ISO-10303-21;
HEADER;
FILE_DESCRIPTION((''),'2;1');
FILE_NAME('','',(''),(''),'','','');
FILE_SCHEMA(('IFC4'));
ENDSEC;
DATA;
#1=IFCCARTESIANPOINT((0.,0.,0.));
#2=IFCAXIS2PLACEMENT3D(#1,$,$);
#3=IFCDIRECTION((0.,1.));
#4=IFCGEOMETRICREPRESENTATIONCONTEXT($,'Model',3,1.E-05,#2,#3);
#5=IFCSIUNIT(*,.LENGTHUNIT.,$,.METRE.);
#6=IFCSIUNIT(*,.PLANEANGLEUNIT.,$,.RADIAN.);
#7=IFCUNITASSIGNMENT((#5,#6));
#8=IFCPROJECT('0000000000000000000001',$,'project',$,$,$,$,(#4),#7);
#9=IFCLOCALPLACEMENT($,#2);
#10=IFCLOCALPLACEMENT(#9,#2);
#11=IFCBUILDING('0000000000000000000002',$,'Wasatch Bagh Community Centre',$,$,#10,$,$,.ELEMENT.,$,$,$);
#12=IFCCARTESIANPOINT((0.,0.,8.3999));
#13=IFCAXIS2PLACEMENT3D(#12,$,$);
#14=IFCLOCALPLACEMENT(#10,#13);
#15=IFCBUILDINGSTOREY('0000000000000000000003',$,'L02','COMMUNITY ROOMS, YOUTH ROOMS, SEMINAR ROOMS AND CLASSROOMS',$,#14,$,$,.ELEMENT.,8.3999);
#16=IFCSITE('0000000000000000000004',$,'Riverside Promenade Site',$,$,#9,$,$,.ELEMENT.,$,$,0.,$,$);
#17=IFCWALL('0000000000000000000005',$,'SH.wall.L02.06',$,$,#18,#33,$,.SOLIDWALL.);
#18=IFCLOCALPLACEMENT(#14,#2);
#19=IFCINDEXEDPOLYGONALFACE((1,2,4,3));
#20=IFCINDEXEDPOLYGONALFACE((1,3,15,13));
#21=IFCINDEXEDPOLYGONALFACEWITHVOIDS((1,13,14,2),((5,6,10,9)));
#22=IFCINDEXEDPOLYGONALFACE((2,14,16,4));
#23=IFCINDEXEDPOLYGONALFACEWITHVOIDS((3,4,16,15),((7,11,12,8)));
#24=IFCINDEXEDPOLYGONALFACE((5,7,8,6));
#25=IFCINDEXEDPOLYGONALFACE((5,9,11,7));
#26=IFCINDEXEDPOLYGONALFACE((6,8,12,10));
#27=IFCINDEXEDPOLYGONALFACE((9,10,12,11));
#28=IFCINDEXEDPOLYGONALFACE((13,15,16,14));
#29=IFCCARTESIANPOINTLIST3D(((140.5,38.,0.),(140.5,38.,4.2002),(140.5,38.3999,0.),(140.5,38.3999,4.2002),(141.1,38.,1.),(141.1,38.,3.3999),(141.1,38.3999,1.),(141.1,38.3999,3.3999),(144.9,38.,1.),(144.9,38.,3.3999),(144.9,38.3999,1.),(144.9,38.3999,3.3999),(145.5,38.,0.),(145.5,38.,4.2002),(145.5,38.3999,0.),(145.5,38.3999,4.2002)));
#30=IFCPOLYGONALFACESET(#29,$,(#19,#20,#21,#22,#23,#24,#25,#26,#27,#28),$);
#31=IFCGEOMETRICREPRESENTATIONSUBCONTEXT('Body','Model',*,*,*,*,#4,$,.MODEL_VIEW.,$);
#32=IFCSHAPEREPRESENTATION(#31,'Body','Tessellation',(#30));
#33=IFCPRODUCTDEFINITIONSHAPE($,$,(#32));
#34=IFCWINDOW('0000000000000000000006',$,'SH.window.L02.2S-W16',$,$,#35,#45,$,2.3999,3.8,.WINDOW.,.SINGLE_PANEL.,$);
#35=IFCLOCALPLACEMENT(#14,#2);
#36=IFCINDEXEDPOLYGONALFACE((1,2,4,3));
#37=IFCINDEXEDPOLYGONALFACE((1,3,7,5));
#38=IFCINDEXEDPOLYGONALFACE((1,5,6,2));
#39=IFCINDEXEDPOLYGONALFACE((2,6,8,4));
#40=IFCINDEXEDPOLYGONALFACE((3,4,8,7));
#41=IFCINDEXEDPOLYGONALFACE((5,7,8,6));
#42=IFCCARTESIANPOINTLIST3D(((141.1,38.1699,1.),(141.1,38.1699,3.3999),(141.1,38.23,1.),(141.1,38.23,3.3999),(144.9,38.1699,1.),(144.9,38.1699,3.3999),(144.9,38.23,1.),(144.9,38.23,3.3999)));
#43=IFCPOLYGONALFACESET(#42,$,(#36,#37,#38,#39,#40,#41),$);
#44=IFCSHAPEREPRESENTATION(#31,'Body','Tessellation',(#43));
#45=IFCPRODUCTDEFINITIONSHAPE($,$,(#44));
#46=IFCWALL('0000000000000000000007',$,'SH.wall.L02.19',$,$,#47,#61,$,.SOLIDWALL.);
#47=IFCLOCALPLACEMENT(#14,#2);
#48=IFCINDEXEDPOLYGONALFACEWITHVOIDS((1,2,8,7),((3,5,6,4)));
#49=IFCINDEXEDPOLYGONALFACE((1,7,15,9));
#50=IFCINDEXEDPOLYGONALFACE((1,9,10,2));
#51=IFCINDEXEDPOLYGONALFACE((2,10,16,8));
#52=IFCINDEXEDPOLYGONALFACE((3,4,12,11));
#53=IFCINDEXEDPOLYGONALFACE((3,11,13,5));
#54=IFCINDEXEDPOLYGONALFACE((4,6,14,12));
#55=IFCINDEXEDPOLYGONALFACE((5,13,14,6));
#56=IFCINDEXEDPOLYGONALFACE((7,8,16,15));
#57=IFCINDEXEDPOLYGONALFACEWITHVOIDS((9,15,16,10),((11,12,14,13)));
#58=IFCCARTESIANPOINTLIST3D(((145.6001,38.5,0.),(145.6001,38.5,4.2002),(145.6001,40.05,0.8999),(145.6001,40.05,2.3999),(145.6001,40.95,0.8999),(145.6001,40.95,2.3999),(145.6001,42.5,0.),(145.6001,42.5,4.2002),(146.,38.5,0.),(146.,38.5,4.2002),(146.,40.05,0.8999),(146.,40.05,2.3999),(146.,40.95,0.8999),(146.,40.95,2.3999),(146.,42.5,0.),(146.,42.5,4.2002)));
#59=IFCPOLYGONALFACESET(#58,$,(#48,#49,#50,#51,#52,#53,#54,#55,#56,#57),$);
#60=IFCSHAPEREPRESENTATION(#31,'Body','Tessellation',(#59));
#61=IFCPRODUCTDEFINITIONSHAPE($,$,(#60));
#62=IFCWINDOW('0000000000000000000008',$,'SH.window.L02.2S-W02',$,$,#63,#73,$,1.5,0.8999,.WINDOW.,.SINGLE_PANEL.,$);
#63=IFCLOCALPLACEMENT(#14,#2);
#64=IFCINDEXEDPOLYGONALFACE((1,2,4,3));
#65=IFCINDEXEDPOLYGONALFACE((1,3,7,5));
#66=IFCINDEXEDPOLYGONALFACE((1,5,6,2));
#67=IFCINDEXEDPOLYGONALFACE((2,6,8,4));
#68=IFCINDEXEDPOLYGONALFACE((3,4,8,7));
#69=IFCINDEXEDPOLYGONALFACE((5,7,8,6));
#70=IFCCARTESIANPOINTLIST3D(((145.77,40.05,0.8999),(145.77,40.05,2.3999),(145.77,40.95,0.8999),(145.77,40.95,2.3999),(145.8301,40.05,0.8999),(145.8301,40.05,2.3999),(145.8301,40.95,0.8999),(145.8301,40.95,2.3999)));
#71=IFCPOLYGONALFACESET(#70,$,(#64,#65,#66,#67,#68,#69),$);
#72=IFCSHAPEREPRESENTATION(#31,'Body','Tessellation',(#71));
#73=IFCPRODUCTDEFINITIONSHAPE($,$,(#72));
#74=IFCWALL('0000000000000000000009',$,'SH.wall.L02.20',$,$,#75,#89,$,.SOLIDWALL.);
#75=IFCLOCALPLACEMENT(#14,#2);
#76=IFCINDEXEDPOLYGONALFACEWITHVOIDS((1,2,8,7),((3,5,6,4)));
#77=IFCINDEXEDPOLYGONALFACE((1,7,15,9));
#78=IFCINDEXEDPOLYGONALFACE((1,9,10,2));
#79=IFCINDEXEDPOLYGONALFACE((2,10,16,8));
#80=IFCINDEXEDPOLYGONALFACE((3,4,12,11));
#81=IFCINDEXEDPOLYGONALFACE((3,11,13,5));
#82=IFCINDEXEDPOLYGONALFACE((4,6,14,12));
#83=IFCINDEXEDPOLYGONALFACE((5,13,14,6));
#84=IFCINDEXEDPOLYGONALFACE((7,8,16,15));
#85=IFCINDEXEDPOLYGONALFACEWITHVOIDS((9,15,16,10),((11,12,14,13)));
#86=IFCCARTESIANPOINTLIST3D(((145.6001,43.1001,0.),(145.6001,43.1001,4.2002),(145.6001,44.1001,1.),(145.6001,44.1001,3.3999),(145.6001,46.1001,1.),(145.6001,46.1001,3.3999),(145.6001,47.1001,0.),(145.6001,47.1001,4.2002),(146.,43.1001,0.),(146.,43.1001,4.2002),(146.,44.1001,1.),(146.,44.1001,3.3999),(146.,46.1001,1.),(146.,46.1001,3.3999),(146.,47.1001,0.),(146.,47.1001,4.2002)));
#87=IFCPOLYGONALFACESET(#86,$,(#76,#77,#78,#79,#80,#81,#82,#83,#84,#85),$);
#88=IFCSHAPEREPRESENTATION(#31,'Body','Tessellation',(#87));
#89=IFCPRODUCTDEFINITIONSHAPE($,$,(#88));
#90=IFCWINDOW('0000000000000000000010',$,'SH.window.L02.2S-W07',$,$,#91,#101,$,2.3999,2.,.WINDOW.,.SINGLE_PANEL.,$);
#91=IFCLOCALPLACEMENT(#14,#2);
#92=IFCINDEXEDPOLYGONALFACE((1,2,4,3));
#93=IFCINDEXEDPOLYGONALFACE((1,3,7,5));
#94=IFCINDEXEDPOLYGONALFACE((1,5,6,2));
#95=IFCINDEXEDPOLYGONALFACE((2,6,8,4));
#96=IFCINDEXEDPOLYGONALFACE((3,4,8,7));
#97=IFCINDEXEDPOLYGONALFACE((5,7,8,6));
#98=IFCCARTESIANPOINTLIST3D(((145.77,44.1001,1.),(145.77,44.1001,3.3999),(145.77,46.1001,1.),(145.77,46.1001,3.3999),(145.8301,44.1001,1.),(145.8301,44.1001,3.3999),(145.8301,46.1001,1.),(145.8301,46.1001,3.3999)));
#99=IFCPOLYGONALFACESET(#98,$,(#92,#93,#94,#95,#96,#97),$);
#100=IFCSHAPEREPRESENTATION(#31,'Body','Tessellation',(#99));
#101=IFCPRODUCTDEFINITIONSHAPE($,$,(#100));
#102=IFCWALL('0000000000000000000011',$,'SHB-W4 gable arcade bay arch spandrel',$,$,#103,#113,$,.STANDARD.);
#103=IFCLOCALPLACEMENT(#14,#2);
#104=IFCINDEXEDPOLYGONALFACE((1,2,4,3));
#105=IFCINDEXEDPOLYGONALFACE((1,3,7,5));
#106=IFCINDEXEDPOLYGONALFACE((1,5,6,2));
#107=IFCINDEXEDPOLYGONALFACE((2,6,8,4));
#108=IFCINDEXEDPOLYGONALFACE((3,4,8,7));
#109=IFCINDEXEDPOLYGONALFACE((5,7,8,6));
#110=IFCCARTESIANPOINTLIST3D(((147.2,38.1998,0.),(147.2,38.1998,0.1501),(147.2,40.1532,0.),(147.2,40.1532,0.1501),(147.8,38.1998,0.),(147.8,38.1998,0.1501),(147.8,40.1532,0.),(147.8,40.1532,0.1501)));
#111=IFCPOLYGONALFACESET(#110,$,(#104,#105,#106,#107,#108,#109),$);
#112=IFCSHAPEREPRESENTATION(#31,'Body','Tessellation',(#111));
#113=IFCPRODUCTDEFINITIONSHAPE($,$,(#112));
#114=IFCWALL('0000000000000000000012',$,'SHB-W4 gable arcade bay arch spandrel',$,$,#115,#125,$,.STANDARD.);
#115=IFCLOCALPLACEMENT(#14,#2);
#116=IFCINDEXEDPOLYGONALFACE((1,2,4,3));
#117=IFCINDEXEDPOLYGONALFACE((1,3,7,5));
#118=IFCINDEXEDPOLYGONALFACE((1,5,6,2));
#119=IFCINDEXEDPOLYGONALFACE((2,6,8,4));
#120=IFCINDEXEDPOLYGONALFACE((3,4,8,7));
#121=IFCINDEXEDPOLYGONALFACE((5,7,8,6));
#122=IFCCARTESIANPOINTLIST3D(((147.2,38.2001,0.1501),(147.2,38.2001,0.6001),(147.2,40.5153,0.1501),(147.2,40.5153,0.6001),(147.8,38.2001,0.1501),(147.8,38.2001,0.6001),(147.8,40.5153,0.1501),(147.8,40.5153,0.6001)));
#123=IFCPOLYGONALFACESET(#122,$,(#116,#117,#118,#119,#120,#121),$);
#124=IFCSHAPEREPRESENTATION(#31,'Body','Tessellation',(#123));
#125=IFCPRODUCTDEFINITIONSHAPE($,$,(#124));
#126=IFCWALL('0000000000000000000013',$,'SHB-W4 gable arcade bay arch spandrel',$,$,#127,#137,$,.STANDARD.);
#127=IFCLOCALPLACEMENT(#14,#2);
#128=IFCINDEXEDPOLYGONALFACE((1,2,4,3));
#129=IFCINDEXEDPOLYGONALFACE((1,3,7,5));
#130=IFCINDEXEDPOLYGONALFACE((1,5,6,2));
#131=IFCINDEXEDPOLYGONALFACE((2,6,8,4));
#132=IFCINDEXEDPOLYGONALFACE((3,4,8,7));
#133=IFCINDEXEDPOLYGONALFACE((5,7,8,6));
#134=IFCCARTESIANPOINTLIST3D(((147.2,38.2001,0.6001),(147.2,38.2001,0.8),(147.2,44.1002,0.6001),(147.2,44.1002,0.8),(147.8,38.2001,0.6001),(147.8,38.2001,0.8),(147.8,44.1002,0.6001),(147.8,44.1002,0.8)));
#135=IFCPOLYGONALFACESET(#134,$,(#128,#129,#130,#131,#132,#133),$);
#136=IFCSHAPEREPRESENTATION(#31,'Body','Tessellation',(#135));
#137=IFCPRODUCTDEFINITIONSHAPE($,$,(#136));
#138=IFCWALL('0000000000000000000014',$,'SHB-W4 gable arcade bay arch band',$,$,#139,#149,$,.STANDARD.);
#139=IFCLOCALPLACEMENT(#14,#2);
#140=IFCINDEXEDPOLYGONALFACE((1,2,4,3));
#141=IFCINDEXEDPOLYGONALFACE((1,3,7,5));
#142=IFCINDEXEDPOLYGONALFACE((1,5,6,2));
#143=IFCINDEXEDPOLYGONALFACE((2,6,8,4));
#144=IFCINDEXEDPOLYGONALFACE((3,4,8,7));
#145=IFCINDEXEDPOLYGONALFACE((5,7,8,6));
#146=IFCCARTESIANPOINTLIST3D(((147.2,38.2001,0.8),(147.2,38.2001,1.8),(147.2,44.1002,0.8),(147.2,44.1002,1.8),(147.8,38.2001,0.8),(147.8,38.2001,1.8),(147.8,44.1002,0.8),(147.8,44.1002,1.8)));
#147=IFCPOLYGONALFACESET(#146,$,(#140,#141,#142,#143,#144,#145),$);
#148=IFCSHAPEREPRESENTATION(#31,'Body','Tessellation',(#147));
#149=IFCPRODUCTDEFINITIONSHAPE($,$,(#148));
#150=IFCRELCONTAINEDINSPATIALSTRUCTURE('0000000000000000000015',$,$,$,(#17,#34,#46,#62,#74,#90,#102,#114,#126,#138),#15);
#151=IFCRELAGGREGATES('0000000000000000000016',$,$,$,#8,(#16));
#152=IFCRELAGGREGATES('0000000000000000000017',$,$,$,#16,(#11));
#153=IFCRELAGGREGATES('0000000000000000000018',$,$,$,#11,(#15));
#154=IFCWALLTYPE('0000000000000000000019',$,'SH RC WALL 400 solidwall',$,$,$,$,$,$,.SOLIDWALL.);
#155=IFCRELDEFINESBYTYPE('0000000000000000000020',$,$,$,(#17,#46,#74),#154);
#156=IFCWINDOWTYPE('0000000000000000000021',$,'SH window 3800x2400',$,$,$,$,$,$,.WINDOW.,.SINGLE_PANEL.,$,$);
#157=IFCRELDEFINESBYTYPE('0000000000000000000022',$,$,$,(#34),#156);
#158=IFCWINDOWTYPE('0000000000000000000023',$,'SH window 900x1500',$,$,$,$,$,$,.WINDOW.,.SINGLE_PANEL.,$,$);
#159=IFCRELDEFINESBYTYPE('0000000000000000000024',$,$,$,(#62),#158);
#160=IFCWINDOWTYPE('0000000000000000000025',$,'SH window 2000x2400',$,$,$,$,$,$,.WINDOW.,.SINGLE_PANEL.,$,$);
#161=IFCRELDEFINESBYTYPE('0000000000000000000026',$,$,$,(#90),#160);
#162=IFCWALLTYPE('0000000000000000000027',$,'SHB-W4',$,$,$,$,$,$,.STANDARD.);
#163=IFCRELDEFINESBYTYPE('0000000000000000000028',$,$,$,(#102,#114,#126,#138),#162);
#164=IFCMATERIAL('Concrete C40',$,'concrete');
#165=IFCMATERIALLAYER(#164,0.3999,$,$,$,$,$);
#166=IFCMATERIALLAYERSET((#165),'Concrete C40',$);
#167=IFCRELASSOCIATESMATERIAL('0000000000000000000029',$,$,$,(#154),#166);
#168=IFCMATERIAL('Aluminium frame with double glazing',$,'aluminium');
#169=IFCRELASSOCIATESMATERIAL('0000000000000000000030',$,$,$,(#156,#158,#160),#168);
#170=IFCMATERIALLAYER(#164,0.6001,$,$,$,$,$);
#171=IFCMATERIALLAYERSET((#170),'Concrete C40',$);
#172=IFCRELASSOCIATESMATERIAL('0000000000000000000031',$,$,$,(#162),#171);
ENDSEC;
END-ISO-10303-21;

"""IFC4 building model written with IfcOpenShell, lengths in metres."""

from ifc_helpers import new_model, si_unit, direction, frame, frame_2d, origin, place, context, subcontext, project, spatial, rectangle, extrude, material, layer, layer_set, type_object, element, fill, save


model = new_model("IFC4")

# Units and contexts
model_context = context("Model", 3, precision=1e-05, world=origin(), true_north=direction((0.0, 1.0)))
body_context = subcontext(model_context, "Body", "Model", "MODEL_VIEW")
ifc_project = project(units=[si_unit("LENGTHUNIT", "METRE"), si_unit("PLANEANGLEUNIT", "RADIAN")], contexts=[model_context])

# Site, building, storey
site_placement = place(None, origin())
site = spatial("IfcSite", under=ifc_project, at=site_placement, Name="Riverside Promenade Site", CompositionType="ELEMENT", RefElevation=0.0)
building_placement = place(site_placement, origin())
building = spatial("IfcBuilding", under=site, at=building_placement, Name="Wasatch Bagh Community Centre", CompositionType="ELEMENT")
storey_placement = place(building_placement, frame((0.0, 0.0, 8.3999)))
storey = spatial("IfcBuildingStorey", under=building, at=storey_placement, Name="L02", Description="COMMUNITY ROOMS, YOUTH ROOMS, SEMINAR ROOMS AND CLASSROOMS", CompositionType="ELEMENT", Elevation=8.3999)

# Shared definitions
ifc_material_1 = material(Name="Concrete C40", Category="concrete")

# Walls, openings, windows
ifc_layer_1 = layer(ifc_material_1, 0.3999)
ifc_layer_set_1 = layer_set([ifc_layer_1], Name="Concrete C40")
wall_type_1 = type_object("IfcWallType", Name="SH RC WALL 400 solidwall", PredefinedType="SOLIDWALL", material=ifc_layer_set_1)
ifc_material_2 = material(Name="Aluminium frame with double glazing", Category="aluminium")
window_type_1 = type_object("IfcWindowType", Name="SH window 3800x2400", PartitioningType="SINGLE_PANEL", PredefinedType="WINDOW", material=ifc_material_2)
wall_1_placement = place(storey_placement, frame((145.5, 38.2, 0.0), z_axis=(0.0, 0.0, 1.0), x_axis=(-1.0, 0.0, 0.0)))
wall_1 = element("IfcWall", 1, at=wall_1_placement, inside=storey, type_object=wall_type_1, Name="SH.wall.L02.06", PredefinedType="SOLIDWALL", context=body_context, shape_type="SweptSolid", body=[
    extrude(rectangle(XDim=5.0, YDim=0.3999, at=frame_2d((2.5, 0.0))), origin(), (0.0, 0.0, 1.0), 4.2002),
])
opening_1_placement = place(wall_1_placement, frame((0.6001, 0.0, 1.0)))
opening_1 = element("IfcOpeningElement", 2, at=opening_1_placement, cuts=wall_1, PredefinedType="OPENING", context=body_context, shape_type="SweptSolid", body=[
    extrude(rectangle(XDim=3.8, YDim=2.3999, at=frame_2d((1.8999, 1.2))), frame((0.0, 0.21, 0.0), z_axis=(0.0, -1.0, 0.0), x_axis=(1.0, 0.0, 0.0)), (0.0, 0.0, 1.0), 0.4199),
])
window_1_placement = place(opening_1_placement, origin())
window_1 = element("IfcWindow", 3, at=window_1_placement, inside=storey, type_object=window_type_1, Name="SH.window.L02.2S-W16", OverallHeight=2.3999, OverallWidth=3.8, PartitioningType="SINGLE_PANEL", PredefinedType="WINDOW", context=body_context, shape_type="SweptSolid", body=[
    extrude(rectangle(XDim=3.8, YDim=2.3999, at=frame_2d((1.8999, 1.2))), frame((0.0, 0.03, 0.0), z_axis=(0.0, -1.0, 0.0), x_axis=(1.0, 0.0, 0.0)), (0.0, 0.0, 1.0), 0.0601),
])
fill(opening_1, window_1)
wall_2_placement = place(storey_placement, frame((145.8, 38.5, 0.0), z_axis=(0.0, 0.0, 1.0), x_axis=(0.0, 1.0, 0.0)))
wall_2 = element("IfcWall", 4, at=wall_2_placement, inside=storey, type_object=wall_type_1, Name="SH.wall.L02.19", PredefinedType="SOLIDWALL", context=body_context, shape_type="SweptSolid", body=[
    extrude(rectangle(XDim=4.0, YDim=0.3999, at=frame_2d((2.0, 0.0))), origin(), (0.0, 0.0, 1.0), 4.2002),
])
opening_2_placement = place(wall_2_placement, frame((1.55, 0.0, 0.8999)))
opening_2 = element("IfcOpeningElement", 5, at=opening_2_placement, cuts=wall_2, PredefinedType="OPENING", context=body_context, shape_type="SweptSolid", body=[
    extrude(rectangle(XDim=0.8999, YDim=1.5, at=frame_2d((0.45, 0.75))), frame((0.0, 0.21, 0.0), z_axis=(0.0, -1.0, 0.0), x_axis=(1.0, 0.0, 0.0)), (0.0, 0.0, 1.0), 0.4199),
])
window_type_2 = type_object("IfcWindowType", Name="SH window 900x1500", PartitioningType="SINGLE_PANEL", PredefinedType="WINDOW", material=ifc_material_2)
window_2_placement = place(opening_2_placement, origin())
window_2 = element("IfcWindow", 6, at=window_2_placement, inside=storey, type_object=window_type_2, Name="SH.window.L02.2S-W02", OverallHeight=1.5, OverallWidth=0.8999, PartitioningType="SINGLE_PANEL", PredefinedType="WINDOW", context=body_context, shape_type="SweptSolid", body=[
    extrude(rectangle(XDim=0.8999, YDim=1.5, at=frame_2d((0.45, 0.75))), frame((0.0, 0.03, 0.0), z_axis=(0.0, -1.0, 0.0), x_axis=(1.0, 0.0, 0.0)), (0.0, 0.0, 1.0), 0.0601),
])
fill(opening_2, window_2)
wall_3_placement = place(storey_placement, frame((145.8, 43.1001, 0.0), z_axis=(0.0, 0.0, 1.0), x_axis=(0.0, 1.0, 0.0)))
wall_3 = element("IfcWall", 7, at=wall_3_placement, inside=storey, type_object=wall_type_1, Name="SH.wall.L02.20", PredefinedType="SOLIDWALL", context=body_context, shape_type="SweptSolid", body=[
    extrude(rectangle(XDim=4.0, YDim=0.3999, at=frame_2d((2.0, 0.0))), origin(), (0.0, 0.0, 1.0), 4.2002),
])
opening_3_placement = place(wall_3_placement, frame((1.0, 0.0, 1.0)))
opening_3 = element("IfcOpeningElement", 8, at=opening_3_placement, cuts=wall_3, PredefinedType="OPENING", context=body_context, shape_type="SweptSolid", body=[
    extrude(rectangle(XDim=2.0, YDim=2.3999, at=frame_2d((1.0, 1.2))), frame((0.0, 0.21, 0.0), z_axis=(0.0, -1.0, 0.0), x_axis=(1.0, 0.0, 0.0)), (0.0, 0.0, 1.0), 0.4199),
])
window_type_3 = type_object("IfcWindowType", Name="SH window 2000x2400", PartitioningType="SINGLE_PANEL", PredefinedType="WINDOW", material=ifc_material_2)
window_3_placement = place(opening_3_placement, origin())
window_3 = element("IfcWindow", 9, at=window_3_placement, inside=storey, type_object=window_type_3, Name="SH.window.L02.2S-W07", OverallHeight=2.3999, OverallWidth=2.0, PartitioningType="SINGLE_PANEL", PredefinedType="WINDOW", context=body_context, shape_type="SweptSolid", body=[
    extrude(rectangle(XDim=2.0, YDim=2.3999, at=frame_2d((1.0, 1.2))), frame((0.0, 0.03, 0.0), z_axis=(0.0, -1.0, 0.0), x_axis=(1.0, 0.0, 0.0)), (0.0, 0.0, 1.0), 0.0601),
])
fill(opening_3, window_3)

# Walls
ifc_layer_2 = layer(ifc_material_1, 0.6001)
ifc_layer_set_2 = layer_set([ifc_layer_2], Name="Concrete C40")
wall_type_2 = type_object("IfcWallType", Name="SHB-W4", PredefinedType="STANDARD", material=ifc_layer_set_2)
wall_4_placement = place(storey_placement, frame((147.5, 38.2, 0.0), z_axis=(0.0, 0.0, 1.0), x_axis=(0.0, 1.0, 0.0)))
element("IfcWall", 10, at=wall_4_placement, inside=storey, type_object=wall_type_2, Name="SHB-W4 gable arcade bay arch spandrel", PredefinedType="STANDARD", context=body_context, shape_type="SweptSolid", body=[
    extrude(rectangle(XDim=1.9534, YDim=0.6001, at=frame_2d((0.9766, 0.0))), origin(), (0.0, 0.0, 1.0), 0.1501),
])
wall_5_placement = place(storey_placement, frame((147.5, 38.2, 0.1501), z_axis=(0.0, 0.0, 1.0), x_axis=(0.0, 1.0, 0.0)))
element("IfcWall", 11, at=wall_5_placement, inside=storey, type_object=wall_type_2, Name="SHB-W4 gable arcade bay arch spandrel", PredefinedType="STANDARD", context=body_context, shape_type="SweptSolid", body=[
    extrude(rectangle(XDim=2.3152, YDim=0.6001, at=frame_2d((1.1577, 0.0))), origin(), (0.0, 0.0, 1.0), 0.45),
])
wall_6_placement = place(storey_placement, frame((147.5, 38.2, 0.6001), z_axis=(0.0, 0.0, 1.0), x_axis=(0.0, 1.0, 0.0)))
element("IfcWall", 12, at=wall_6_placement, inside=storey, type_object=wall_type_2, Name="SHB-W4 gable arcade bay arch spandrel", PredefinedType="STANDARD", context=body_context, shape_type="SweptSolid", body=[
    extrude(rectangle(XDim=5.9001, YDim=0.6001, at=frame_2d((2.9502, 0.0))), origin(), (0.0, 0.0, 1.0), 0.2),
])
wall_7_placement = place(storey_placement, frame((147.5, 38.2, 0.8), z_axis=(0.0, 0.0, 1.0), x_axis=(0.0, 1.0, 0.0)))
element("IfcWall", 13, at=wall_7_placement, inside=storey, type_object=wall_type_2, Name="SHB-W4 gable arcade bay arch band", PredefinedType="STANDARD", context=body_context, shape_type="SweptSolid", body=[
    extrude(rectangle(XDim=5.9001, YDim=0.6001, at=frame_2d((2.9502, 0.0))), origin(), (0.0, 0.0, 1.0), 1.0),
])

save(model, "model.ifc")
